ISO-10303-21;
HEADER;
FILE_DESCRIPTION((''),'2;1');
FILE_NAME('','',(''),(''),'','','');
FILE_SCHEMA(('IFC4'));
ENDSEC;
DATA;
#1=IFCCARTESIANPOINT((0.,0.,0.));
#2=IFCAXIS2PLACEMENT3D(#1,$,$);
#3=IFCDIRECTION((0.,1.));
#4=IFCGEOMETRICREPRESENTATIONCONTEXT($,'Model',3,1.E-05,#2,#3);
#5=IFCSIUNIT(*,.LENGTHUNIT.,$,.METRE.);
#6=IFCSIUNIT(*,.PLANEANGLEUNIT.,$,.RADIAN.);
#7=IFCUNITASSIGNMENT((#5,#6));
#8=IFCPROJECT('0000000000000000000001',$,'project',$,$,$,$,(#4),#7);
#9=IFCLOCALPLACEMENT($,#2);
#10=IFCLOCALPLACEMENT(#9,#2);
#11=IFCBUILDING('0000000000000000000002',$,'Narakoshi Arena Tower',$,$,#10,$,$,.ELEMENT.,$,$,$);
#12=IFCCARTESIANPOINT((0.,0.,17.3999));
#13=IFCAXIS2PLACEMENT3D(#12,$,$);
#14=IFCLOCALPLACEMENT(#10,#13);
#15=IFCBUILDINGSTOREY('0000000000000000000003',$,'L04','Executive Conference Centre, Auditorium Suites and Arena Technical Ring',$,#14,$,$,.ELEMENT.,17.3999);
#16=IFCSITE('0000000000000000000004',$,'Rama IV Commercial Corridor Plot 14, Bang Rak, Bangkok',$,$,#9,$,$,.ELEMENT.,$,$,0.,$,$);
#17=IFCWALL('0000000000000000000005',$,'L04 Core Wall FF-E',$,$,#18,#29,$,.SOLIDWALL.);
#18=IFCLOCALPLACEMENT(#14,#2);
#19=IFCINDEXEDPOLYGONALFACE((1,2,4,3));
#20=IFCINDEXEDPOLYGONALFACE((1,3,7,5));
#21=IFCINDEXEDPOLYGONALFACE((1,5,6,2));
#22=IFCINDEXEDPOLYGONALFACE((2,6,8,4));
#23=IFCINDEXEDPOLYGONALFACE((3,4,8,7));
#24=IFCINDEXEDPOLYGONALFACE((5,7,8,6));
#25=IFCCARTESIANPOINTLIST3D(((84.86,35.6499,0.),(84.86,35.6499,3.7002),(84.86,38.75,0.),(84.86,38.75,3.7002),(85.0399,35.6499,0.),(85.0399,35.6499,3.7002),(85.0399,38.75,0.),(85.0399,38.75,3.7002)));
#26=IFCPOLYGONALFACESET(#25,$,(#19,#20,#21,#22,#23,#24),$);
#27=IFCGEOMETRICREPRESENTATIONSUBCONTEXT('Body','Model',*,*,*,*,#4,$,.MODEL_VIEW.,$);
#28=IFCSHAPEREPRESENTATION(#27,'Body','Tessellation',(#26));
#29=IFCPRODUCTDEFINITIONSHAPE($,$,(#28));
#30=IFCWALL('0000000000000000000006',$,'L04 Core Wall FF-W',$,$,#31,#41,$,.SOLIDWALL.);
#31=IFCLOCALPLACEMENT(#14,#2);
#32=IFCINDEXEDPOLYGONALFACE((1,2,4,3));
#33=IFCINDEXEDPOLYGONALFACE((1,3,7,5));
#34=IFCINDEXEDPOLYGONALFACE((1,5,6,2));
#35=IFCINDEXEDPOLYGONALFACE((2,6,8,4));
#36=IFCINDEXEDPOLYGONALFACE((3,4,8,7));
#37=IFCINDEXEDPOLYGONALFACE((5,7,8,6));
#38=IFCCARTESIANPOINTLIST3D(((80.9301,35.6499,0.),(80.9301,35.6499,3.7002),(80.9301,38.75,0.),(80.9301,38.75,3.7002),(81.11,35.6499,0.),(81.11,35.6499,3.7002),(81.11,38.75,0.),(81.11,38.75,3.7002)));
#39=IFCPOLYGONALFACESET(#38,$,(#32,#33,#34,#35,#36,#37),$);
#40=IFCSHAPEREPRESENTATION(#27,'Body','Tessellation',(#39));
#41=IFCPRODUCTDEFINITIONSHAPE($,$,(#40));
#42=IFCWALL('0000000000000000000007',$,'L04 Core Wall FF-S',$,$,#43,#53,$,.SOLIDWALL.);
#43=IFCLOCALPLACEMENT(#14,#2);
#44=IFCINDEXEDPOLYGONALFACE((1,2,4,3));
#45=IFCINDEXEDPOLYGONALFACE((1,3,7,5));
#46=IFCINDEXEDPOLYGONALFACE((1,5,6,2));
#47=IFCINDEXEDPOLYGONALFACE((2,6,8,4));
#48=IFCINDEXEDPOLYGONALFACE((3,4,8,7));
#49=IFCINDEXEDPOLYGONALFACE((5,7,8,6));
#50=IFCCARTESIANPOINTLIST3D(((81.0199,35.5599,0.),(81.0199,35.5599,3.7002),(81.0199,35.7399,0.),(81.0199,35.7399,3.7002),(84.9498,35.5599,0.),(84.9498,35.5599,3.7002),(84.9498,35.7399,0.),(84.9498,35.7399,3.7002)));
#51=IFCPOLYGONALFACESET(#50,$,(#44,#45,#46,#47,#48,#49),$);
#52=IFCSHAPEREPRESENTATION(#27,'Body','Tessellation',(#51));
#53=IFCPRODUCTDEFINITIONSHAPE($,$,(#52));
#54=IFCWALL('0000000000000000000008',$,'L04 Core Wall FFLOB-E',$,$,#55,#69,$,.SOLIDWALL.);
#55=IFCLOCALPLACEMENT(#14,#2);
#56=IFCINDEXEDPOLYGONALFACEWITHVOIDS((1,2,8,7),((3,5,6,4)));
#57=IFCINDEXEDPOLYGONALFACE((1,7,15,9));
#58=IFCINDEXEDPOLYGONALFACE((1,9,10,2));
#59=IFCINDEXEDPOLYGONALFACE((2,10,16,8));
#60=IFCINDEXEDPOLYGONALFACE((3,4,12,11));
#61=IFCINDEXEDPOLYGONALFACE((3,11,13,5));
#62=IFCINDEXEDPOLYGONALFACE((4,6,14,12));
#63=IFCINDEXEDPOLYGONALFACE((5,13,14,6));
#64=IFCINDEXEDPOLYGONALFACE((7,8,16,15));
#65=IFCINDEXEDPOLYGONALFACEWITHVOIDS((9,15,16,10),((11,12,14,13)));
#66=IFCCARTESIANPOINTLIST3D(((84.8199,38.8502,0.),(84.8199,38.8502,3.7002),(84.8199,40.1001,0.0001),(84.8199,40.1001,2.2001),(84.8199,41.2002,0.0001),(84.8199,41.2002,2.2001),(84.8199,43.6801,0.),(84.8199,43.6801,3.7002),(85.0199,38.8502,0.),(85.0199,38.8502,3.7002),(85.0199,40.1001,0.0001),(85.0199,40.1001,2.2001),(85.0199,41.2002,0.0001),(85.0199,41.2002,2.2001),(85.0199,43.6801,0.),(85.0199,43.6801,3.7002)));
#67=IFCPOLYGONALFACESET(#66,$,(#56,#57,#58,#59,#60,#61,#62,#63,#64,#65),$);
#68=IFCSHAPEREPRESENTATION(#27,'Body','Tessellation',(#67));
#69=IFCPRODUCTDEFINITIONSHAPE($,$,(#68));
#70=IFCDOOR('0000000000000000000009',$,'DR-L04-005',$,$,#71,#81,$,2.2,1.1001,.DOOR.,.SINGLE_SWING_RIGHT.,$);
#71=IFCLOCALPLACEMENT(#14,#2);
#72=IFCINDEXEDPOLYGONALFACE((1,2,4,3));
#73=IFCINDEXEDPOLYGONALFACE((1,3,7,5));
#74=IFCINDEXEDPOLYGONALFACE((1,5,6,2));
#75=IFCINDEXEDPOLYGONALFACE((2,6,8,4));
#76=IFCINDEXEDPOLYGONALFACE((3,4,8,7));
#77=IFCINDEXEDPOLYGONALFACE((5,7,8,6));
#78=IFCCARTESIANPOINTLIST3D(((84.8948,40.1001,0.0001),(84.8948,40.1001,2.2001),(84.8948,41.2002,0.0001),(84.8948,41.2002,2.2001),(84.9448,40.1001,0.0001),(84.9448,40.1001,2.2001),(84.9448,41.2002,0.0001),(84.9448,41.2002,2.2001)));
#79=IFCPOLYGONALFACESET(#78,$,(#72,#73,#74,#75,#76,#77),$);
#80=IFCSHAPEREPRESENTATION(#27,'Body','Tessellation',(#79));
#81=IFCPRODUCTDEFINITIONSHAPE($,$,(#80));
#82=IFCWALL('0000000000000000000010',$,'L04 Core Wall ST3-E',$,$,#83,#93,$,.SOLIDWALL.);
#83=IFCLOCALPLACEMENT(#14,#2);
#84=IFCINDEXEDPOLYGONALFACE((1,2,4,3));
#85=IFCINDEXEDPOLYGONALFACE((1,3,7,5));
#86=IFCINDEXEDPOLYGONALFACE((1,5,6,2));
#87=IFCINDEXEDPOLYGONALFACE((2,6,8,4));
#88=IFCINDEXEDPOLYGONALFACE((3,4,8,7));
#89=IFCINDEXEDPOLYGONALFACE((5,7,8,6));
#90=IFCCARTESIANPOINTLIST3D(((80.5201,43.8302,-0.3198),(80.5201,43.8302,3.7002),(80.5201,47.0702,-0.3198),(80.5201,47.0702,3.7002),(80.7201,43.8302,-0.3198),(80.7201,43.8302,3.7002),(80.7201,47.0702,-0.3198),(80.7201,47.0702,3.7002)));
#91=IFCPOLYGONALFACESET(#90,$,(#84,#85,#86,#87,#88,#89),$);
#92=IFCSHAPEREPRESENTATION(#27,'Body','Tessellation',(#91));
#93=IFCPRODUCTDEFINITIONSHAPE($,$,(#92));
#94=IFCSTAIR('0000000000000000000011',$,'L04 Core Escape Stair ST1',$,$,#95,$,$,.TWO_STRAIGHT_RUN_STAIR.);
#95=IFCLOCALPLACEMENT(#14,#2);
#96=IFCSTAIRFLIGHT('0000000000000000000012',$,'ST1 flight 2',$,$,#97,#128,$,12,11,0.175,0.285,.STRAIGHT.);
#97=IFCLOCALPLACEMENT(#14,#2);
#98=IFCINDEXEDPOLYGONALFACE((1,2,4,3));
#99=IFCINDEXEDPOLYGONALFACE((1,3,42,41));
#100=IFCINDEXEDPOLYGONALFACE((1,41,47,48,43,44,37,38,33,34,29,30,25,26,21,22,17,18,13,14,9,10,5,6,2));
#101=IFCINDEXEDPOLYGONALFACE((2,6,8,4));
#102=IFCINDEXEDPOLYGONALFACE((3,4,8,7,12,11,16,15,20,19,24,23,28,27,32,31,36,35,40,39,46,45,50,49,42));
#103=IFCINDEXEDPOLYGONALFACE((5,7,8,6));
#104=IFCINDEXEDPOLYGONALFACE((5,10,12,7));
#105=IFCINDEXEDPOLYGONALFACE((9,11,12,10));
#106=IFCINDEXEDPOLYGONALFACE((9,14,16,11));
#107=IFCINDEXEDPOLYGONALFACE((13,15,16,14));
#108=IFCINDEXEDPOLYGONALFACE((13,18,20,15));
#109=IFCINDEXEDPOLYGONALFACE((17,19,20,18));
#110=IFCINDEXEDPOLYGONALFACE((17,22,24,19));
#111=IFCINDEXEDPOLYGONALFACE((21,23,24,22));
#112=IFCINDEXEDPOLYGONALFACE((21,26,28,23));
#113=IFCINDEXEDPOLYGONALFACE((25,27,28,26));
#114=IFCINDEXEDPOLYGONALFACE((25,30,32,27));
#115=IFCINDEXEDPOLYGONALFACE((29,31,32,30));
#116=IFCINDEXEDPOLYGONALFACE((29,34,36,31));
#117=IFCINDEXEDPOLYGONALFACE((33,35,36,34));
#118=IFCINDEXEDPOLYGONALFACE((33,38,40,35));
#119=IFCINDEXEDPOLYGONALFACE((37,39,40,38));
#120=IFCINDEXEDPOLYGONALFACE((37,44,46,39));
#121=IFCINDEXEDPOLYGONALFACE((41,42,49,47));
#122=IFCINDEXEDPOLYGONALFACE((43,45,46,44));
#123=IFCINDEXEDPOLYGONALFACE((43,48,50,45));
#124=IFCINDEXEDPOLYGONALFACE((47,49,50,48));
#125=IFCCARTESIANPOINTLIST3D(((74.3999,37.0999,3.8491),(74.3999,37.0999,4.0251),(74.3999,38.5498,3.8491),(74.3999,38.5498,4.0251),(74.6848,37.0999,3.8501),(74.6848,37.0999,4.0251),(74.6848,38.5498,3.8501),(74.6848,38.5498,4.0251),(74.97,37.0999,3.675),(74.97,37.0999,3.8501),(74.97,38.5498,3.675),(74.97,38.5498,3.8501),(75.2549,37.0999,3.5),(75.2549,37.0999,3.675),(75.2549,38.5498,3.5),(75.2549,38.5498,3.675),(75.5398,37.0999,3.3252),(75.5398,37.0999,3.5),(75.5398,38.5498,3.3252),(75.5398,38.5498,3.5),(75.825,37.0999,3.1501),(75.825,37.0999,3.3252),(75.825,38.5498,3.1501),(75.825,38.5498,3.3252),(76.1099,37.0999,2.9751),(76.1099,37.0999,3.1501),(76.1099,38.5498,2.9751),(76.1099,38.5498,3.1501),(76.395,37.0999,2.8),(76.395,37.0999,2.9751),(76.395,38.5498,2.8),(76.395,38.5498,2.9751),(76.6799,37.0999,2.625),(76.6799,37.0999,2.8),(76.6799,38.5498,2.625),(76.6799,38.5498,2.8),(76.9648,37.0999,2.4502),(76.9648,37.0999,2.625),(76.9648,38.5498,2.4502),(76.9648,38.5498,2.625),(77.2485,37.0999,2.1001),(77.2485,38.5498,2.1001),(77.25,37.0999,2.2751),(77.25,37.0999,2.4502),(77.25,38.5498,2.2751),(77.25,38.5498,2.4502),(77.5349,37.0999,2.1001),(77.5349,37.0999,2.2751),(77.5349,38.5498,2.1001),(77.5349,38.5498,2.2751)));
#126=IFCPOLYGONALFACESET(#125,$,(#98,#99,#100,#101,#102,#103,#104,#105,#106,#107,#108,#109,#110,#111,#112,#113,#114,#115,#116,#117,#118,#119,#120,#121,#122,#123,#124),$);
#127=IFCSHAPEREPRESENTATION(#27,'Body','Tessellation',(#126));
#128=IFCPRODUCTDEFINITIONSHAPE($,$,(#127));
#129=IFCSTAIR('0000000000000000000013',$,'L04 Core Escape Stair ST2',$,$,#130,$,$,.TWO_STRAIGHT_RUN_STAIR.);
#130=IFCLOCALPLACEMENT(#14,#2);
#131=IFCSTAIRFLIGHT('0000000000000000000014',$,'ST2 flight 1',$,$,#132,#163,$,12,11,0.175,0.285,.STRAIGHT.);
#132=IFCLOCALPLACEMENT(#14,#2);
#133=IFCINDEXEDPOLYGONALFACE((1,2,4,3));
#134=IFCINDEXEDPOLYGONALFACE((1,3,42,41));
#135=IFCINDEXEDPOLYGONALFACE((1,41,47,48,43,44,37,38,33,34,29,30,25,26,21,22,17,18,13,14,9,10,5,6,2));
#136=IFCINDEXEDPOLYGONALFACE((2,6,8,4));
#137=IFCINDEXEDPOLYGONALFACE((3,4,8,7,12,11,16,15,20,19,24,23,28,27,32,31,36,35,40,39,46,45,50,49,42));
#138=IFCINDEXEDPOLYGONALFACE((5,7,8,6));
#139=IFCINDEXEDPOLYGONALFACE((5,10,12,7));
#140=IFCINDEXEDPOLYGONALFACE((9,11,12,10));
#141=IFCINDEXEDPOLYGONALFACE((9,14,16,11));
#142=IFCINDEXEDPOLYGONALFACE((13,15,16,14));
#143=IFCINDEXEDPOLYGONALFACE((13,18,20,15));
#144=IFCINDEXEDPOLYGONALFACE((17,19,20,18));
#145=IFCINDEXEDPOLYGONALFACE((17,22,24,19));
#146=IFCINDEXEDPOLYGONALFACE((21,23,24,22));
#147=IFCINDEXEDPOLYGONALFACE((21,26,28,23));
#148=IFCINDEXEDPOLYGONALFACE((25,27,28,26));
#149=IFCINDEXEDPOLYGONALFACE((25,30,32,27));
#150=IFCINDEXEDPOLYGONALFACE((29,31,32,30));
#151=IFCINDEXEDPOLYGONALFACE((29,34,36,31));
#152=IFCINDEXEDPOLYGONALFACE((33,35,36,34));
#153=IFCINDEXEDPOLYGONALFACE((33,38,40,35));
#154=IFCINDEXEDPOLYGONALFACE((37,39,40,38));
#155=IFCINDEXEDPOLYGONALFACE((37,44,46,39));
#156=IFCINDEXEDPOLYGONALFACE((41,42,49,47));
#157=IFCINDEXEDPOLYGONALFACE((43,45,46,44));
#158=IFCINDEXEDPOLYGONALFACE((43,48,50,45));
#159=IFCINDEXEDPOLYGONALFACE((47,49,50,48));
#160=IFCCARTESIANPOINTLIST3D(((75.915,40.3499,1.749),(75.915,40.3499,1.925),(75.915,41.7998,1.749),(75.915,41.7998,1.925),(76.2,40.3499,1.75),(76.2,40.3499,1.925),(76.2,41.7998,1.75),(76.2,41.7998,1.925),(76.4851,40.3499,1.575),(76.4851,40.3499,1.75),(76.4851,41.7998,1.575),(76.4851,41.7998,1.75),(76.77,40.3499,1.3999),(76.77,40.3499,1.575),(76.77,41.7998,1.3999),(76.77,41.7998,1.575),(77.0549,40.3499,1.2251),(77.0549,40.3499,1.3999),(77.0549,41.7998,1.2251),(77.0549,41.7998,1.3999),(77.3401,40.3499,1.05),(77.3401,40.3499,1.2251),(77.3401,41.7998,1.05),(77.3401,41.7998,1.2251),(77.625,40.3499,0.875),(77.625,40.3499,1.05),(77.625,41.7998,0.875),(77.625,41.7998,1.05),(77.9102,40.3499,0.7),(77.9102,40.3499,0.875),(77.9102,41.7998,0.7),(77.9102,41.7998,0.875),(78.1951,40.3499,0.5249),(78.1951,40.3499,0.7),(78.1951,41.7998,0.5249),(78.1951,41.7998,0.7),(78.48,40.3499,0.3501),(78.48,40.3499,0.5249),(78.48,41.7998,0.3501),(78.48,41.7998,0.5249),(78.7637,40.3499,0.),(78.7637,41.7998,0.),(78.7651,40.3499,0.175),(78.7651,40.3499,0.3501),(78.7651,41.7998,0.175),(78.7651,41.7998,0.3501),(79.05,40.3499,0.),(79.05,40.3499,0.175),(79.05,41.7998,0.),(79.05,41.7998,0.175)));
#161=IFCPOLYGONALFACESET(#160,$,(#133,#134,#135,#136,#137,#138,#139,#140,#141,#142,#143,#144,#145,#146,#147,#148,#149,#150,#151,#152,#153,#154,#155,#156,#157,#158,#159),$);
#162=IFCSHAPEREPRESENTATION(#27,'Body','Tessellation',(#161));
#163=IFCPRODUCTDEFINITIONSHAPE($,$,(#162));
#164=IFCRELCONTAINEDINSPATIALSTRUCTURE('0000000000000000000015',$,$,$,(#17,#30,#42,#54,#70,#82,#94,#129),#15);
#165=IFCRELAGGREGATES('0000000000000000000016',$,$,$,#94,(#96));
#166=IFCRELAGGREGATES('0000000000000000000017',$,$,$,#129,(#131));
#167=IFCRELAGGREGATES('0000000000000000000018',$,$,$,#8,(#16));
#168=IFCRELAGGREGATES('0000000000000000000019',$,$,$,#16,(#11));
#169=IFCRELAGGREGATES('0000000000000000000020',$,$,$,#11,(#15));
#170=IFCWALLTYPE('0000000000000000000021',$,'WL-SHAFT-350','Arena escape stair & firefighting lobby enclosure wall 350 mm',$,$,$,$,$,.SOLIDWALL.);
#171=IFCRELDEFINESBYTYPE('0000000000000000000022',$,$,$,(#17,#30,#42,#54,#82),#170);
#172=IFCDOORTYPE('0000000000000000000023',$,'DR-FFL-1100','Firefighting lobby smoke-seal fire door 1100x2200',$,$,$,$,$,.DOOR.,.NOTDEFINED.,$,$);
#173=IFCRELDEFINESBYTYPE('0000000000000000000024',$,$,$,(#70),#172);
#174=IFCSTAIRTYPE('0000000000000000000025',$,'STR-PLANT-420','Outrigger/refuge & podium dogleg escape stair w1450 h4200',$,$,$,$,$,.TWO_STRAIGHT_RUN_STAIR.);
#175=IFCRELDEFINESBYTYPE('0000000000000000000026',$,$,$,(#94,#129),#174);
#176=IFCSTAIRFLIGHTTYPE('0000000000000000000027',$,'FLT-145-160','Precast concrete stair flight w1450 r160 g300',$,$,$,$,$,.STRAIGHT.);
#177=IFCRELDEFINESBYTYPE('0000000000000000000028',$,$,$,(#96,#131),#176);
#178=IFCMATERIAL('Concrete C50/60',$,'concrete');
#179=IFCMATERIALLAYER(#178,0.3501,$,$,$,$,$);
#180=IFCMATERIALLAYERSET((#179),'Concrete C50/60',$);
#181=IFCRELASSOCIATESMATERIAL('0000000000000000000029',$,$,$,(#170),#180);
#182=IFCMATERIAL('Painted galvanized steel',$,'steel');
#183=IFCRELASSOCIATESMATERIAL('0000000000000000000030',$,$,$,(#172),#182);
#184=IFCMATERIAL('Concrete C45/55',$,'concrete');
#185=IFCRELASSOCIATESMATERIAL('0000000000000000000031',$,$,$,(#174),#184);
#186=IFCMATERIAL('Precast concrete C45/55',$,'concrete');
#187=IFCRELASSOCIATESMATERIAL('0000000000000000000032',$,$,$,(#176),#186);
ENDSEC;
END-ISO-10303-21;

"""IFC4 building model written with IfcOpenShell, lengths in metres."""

from ifc_helpers import new_model, si_unit, direction, frame, frame_2d, origin, place, context, subcontext, project, spatial, polyline, rectangle, outline, extrude, material, layer, layer_set, type_object, element, fill, aggregate, save


model = new_model("IFC4")

# Units and contexts
model_context = context("Model", 3, precision=1e-05, world=origin(), true_north=direction((0.0, 1.0)))
body_context = subcontext(model_context, "Body", "Model", "MODEL_VIEW")
ifc_project = project(units=[si_unit("LENGTHUNIT", "METRE"), si_unit("PLANEANGLEUNIT", "RADIAN")], contexts=[model_context])

# Site, building, storey
site_placement = place(None, origin())
site = spatial("IfcSite", under=ifc_project, at=site_placement, Name="Rama IV Commercial Corridor Plot 14, Bang Rak, Bangkok", CompositionType="ELEMENT", RefElevation=0.0)
building_placement = place(site_placement, origin())
building = spatial("IfcBuilding", under=site, at=building_placement, Name="Narakoshi Arena Tower", CompositionType="ELEMENT")
storey_placement = place(building_placement, frame((0.0, 0.0, 17.3999)))
storey = spatial("IfcBuildingStorey", under=building, at=storey_placement, Name="L04", Description="Executive Conference Centre, Auditorium Suites and Arena Technical Ring", CompositionType="ELEMENT", Elevation=17.3999)

# Shared definitions
ifc_material_1 = material(Name="Concrete C50/60", Category="concrete")
ifc_layer_1 = layer(ifc_material_1, 0.3501)
ifc_layer_set_1 = layer_set([ifc_layer_1], Name="Concrete C50/60")
wall_type_1 = type_object("IfcWallType", Name="WL-SHAFT-350", Description="Arena escape stair & firefighting lobby enclosure wall 350 mm", PredefinedType="SOLIDWALL", material=ifc_layer_set_1)
ifc_material_2 = material(Name="Painted galvanized steel", Category="steel")

# Walls
for number, where, z_axis, x_axis, name in (
    (1, (84.95, 35.6499, 0.0), (0.0, 0.0, 1.0), (0.0, 1.0, 0.0), "L04 Core Wall FF-E"),
    (2, (81.02, 35.6499, 0.0), (0.0, 0.0, 1.0), (0.0, 1.0, 0.0), "L04 Core Wall FF-W"),
):
    element("IfcWall", number, at=place(storey_placement, frame(where, z_axis=z_axis, x_axis=x_axis)), inside=storey, type_object=wall_type_1, Name=name, PredefinedType="SOLIDWALL", context=body_context, shape_type="SweptSolid", body=[
        extrude(rectangle(XDim=3.1001, YDim=0.1799, at=frame_2d((1.55, 0.0))), origin(), (0.0, 0.0, 1.0), 3.7002),
    ])
wall_1_placement = place(storey_placement, frame((81.02, 35.6499, 0.0), z_axis=(0.0, 0.0, 1.0), x_axis=(1.0, 0.0, 0.0)))
element("IfcWall", 3, at=wall_1_placement, inside=storey, type_object=wall_type_1, Name="L04 Core Wall FF-S", PredefinedType="SOLIDWALL", context=body_context, shape_type="SweptSolid", body=[
    extrude(rectangle(XDim=3.9299, YDim=0.1799, at=frame_2d((1.9648, 0.0))), origin(), (0.0, 0.0, 1.0), 3.7002),
])

# Wall, opening, door
wall_2_placement = place(storey_placement, frame((84.9199, 38.8501, 0.0), z_axis=(0.0, 0.0, 1.0), x_axis=(0.0, 1.0, 0.0)))
wall_2 = element("IfcWall", 4, at=wall_2_placement, inside=storey, type_object=wall_type_1, Name="L04 Core Wall FFLOB-E", PredefinedType="SOLIDWALL", context=body_context, shape_type="SweptSolid", body=[
    extrude(rectangle(XDim=4.8298, YDim=0.2, at=frame_2d((2.415, 0.0))), origin(), (0.0, 0.0, 1.0), 3.7002),
])
opening_1_placement = place(wall_2_placement, frame((1.25, 0.0, 0.0)))
opening_1 = element("IfcOpeningElement", 5, at=opening_1_placement, cuts=wall_2, PredefinedType="OPENING", context=body_context, shape_type="SweptSolid", body=[
    extrude(rectangle(XDim=1.1001, YDim=2.2, at=frame_2d((0.55, 1.1001))), frame((0.0, 0.1099, 0.0), z_axis=(0.0, -1.0, 0.0), x_axis=(1.0, 0.0, 0.0)), (0.0, 0.0, 1.0), 0.22),
])
door_type_1 = type_object("IfcDoorType", Name="DR-FFL-1100", Description="Firefighting lobby smoke-seal fire door 1100x2200", OperationType="NOTDEFINED", PredefinedType="DOOR", material=ifc_material_2)
door_1_placement = place(opening_1_placement, frame((1.1001, 0.0, 0.0), z_axis=(0.0, 0.0, 1.0), x_axis=(-1.0, 0.0, 0.0)))
door_1 = element("IfcDoor", 6, at=door_1_placement, inside=storey, type_object=door_type_1, Name="DR-L04-005", OperationType="SINGLE_SWING_RIGHT", OverallHeight=2.2, OverallWidth=1.1001, PredefinedType="DOOR", context=body_context, shape_type="SweptSolid", body=[
    extrude(rectangle(XDim=1.1001, YDim=2.2, at=frame_2d((0.55, 1.1001))), frame((0.0, 0.0249, 0.0), z_axis=(0.0, -1.0, 0.0), x_axis=(1.0, 0.0, 0.0)), (0.0, 0.0, 1.0), 0.05),
])
fill(opening_1, door_1)

# Wall
wall_3_placement = place(storey_placement, frame((80.6201, 43.8301, -0.3198), z_axis=(0.0, 0.0, 1.0), x_axis=(0.0, 1.0, 0.0)))
element("IfcWall", 7, at=wall_3_placement, inside=storey, type_object=wall_type_1, Name="L04 Core Wall ST3-E", PredefinedType="SOLIDWALL", context=body_context, shape_type="SweptSolid", body=[
    extrude(rectangle(XDim=3.24, YDim=0.2, at=frame_2d((1.6201, 0.0))), origin(), (0.0, 0.0, 1.0), 4.02),
])

# Stair, stair flight
ifc_material_3 = material(Name="Concrete C45/55", Category="concrete")
stair_type = type_object("IfcStairType", Name="STR-PLANT-420", Description="Outrigger/refuge & podium dogleg escape stair w1450 h4200", PredefinedType="TWO_STRAIGHT_RUN_STAIR", material=ifc_material_3)
stair_1_placement = place(storey_placement, origin())
stair_1 = element("IfcStair", 8, at=stair_1_placement, inside=storey, type_object=stair_type, Name="L04 Core Escape Stair ST1", PredefinedType="TWO_STRAIGHT_RUN_STAIR")
ifc_material_4 = material(Name="Precast concrete C45/55", Category="concrete")
stair_flight_type = type_object("IfcStairFlightType", Name="FLT-145-160", Description="Precast concrete stair flight w1450 r160 g300", PredefinedType="STRAIGHT", material=ifc_material_4)
stair_flight_1_placement = place(storey_placement, frame((77.5349, 37.825, 2.1001), z_axis=(0.0, 0.0, 1.0), x_axis=(-1.0, 0.0, 0.0)))
stair_flight_1 = element("IfcStairFlight", 9, at=stair_flight_1_placement, type_object=stair_flight_type, Name="ST1 flight 2", NumberOfRisers=12, NumberOfTreads=11, PredefinedType="STRAIGHT", RiserHeight=0.175, TreadLength=0.285, context=body_context, shape_type="SweptSolid", body=[
    extrude(outline(polyline([(0.0, 0.0), (0.0, 0.175), (0.2849, 0.175), (0.2849, 0.3501), (0.5701, 0.3501), (0.5701, 0.5249), (0.855, 0.5249), (0.855, 0.7), (1.1399, 0.7), (1.1399, 0.875), (1.425, 0.875), (1.425, 1.05), (1.71, 1.05), (1.71, 1.2251), (1.9951, 1.2251), (1.9951, 1.3999), (2.28, 1.3999), (2.28, 1.575), (2.5649, 1.575), (2.5649, 1.75), (2.8501, 1.75), (2.8501, 1.925), (3.135, 1.925), (3.135, 2.1001), (3.135, 1.749), (0.2864, 0.0), (0.0, 0.0)])), frame((0.0, 0.7251, 0.0), z_axis=(0.0, -1.0, 0.0), x_axis=(1.0, 0.0, 0.0)), (0.0, 0.0, 1.0), 1.45),
])
aggregate(stair_1, [stair_flight_1])

# Stair, stair flight
stair_2_placement = place(storey_placement, origin())
stair_2 = element("IfcStair", 10, at=stair_2_placement, inside=storey, type_object=stair_type, Name="L04 Core Escape Stair ST2", PredefinedType="TWO_STRAIGHT_RUN_STAIR")
stair_flight_2_placement = place(storey_placement, frame((79.05, 41.075, 0.0), z_axis=(0.0, 0.0, 1.0), x_axis=(-1.0, 0.0, 0.0)))
stair_flight_2 = element("IfcStairFlight", 11, at=stair_flight_2_placement, type_object=stair_flight_type, Name="ST2 flight 1", NumberOfRisers=12, NumberOfTreads=11, PredefinedType="STRAIGHT", RiserHeight=0.175, TreadLength=0.285, context=body_context, shape_type="SweptSolid", body=[
    extrude(outline(polyline([(0.0, 0.0), (0.0, 0.175), (0.2849, 0.175), (0.2849, 0.3501), (0.5701, 0.3501), (0.5701, 0.5249), (0.855, 0.5249), (0.855, 0.7), (1.1399, 0.7), (1.1399, 0.875), (1.425, 0.875), (1.425, 1.05), (1.71, 1.05), (1.71, 1.2251), (1.9951, 1.2251), (1.9951, 1.3999), (2.28, 1.3999), (2.28, 1.575), (2.5649, 1.575), (2.5649, 1.75), (2.8501, 1.75), (2.8501, 1.925), (3.135, 1.925), (3.135, 2.1001), (3.135, 1.749), (0.2864, 0.0), (0.0, 0.0)])), frame((0.0, 0.7251, 0.0), z_axis=(0.0, -1.0, 0.0), x_axis=(1.0, 0.0, 0.0)), (0.0, 0.0, 1.0), 1.45),
])
aggregate(stair_2, [stair_flight_2])

save(model, "model.ifc")
